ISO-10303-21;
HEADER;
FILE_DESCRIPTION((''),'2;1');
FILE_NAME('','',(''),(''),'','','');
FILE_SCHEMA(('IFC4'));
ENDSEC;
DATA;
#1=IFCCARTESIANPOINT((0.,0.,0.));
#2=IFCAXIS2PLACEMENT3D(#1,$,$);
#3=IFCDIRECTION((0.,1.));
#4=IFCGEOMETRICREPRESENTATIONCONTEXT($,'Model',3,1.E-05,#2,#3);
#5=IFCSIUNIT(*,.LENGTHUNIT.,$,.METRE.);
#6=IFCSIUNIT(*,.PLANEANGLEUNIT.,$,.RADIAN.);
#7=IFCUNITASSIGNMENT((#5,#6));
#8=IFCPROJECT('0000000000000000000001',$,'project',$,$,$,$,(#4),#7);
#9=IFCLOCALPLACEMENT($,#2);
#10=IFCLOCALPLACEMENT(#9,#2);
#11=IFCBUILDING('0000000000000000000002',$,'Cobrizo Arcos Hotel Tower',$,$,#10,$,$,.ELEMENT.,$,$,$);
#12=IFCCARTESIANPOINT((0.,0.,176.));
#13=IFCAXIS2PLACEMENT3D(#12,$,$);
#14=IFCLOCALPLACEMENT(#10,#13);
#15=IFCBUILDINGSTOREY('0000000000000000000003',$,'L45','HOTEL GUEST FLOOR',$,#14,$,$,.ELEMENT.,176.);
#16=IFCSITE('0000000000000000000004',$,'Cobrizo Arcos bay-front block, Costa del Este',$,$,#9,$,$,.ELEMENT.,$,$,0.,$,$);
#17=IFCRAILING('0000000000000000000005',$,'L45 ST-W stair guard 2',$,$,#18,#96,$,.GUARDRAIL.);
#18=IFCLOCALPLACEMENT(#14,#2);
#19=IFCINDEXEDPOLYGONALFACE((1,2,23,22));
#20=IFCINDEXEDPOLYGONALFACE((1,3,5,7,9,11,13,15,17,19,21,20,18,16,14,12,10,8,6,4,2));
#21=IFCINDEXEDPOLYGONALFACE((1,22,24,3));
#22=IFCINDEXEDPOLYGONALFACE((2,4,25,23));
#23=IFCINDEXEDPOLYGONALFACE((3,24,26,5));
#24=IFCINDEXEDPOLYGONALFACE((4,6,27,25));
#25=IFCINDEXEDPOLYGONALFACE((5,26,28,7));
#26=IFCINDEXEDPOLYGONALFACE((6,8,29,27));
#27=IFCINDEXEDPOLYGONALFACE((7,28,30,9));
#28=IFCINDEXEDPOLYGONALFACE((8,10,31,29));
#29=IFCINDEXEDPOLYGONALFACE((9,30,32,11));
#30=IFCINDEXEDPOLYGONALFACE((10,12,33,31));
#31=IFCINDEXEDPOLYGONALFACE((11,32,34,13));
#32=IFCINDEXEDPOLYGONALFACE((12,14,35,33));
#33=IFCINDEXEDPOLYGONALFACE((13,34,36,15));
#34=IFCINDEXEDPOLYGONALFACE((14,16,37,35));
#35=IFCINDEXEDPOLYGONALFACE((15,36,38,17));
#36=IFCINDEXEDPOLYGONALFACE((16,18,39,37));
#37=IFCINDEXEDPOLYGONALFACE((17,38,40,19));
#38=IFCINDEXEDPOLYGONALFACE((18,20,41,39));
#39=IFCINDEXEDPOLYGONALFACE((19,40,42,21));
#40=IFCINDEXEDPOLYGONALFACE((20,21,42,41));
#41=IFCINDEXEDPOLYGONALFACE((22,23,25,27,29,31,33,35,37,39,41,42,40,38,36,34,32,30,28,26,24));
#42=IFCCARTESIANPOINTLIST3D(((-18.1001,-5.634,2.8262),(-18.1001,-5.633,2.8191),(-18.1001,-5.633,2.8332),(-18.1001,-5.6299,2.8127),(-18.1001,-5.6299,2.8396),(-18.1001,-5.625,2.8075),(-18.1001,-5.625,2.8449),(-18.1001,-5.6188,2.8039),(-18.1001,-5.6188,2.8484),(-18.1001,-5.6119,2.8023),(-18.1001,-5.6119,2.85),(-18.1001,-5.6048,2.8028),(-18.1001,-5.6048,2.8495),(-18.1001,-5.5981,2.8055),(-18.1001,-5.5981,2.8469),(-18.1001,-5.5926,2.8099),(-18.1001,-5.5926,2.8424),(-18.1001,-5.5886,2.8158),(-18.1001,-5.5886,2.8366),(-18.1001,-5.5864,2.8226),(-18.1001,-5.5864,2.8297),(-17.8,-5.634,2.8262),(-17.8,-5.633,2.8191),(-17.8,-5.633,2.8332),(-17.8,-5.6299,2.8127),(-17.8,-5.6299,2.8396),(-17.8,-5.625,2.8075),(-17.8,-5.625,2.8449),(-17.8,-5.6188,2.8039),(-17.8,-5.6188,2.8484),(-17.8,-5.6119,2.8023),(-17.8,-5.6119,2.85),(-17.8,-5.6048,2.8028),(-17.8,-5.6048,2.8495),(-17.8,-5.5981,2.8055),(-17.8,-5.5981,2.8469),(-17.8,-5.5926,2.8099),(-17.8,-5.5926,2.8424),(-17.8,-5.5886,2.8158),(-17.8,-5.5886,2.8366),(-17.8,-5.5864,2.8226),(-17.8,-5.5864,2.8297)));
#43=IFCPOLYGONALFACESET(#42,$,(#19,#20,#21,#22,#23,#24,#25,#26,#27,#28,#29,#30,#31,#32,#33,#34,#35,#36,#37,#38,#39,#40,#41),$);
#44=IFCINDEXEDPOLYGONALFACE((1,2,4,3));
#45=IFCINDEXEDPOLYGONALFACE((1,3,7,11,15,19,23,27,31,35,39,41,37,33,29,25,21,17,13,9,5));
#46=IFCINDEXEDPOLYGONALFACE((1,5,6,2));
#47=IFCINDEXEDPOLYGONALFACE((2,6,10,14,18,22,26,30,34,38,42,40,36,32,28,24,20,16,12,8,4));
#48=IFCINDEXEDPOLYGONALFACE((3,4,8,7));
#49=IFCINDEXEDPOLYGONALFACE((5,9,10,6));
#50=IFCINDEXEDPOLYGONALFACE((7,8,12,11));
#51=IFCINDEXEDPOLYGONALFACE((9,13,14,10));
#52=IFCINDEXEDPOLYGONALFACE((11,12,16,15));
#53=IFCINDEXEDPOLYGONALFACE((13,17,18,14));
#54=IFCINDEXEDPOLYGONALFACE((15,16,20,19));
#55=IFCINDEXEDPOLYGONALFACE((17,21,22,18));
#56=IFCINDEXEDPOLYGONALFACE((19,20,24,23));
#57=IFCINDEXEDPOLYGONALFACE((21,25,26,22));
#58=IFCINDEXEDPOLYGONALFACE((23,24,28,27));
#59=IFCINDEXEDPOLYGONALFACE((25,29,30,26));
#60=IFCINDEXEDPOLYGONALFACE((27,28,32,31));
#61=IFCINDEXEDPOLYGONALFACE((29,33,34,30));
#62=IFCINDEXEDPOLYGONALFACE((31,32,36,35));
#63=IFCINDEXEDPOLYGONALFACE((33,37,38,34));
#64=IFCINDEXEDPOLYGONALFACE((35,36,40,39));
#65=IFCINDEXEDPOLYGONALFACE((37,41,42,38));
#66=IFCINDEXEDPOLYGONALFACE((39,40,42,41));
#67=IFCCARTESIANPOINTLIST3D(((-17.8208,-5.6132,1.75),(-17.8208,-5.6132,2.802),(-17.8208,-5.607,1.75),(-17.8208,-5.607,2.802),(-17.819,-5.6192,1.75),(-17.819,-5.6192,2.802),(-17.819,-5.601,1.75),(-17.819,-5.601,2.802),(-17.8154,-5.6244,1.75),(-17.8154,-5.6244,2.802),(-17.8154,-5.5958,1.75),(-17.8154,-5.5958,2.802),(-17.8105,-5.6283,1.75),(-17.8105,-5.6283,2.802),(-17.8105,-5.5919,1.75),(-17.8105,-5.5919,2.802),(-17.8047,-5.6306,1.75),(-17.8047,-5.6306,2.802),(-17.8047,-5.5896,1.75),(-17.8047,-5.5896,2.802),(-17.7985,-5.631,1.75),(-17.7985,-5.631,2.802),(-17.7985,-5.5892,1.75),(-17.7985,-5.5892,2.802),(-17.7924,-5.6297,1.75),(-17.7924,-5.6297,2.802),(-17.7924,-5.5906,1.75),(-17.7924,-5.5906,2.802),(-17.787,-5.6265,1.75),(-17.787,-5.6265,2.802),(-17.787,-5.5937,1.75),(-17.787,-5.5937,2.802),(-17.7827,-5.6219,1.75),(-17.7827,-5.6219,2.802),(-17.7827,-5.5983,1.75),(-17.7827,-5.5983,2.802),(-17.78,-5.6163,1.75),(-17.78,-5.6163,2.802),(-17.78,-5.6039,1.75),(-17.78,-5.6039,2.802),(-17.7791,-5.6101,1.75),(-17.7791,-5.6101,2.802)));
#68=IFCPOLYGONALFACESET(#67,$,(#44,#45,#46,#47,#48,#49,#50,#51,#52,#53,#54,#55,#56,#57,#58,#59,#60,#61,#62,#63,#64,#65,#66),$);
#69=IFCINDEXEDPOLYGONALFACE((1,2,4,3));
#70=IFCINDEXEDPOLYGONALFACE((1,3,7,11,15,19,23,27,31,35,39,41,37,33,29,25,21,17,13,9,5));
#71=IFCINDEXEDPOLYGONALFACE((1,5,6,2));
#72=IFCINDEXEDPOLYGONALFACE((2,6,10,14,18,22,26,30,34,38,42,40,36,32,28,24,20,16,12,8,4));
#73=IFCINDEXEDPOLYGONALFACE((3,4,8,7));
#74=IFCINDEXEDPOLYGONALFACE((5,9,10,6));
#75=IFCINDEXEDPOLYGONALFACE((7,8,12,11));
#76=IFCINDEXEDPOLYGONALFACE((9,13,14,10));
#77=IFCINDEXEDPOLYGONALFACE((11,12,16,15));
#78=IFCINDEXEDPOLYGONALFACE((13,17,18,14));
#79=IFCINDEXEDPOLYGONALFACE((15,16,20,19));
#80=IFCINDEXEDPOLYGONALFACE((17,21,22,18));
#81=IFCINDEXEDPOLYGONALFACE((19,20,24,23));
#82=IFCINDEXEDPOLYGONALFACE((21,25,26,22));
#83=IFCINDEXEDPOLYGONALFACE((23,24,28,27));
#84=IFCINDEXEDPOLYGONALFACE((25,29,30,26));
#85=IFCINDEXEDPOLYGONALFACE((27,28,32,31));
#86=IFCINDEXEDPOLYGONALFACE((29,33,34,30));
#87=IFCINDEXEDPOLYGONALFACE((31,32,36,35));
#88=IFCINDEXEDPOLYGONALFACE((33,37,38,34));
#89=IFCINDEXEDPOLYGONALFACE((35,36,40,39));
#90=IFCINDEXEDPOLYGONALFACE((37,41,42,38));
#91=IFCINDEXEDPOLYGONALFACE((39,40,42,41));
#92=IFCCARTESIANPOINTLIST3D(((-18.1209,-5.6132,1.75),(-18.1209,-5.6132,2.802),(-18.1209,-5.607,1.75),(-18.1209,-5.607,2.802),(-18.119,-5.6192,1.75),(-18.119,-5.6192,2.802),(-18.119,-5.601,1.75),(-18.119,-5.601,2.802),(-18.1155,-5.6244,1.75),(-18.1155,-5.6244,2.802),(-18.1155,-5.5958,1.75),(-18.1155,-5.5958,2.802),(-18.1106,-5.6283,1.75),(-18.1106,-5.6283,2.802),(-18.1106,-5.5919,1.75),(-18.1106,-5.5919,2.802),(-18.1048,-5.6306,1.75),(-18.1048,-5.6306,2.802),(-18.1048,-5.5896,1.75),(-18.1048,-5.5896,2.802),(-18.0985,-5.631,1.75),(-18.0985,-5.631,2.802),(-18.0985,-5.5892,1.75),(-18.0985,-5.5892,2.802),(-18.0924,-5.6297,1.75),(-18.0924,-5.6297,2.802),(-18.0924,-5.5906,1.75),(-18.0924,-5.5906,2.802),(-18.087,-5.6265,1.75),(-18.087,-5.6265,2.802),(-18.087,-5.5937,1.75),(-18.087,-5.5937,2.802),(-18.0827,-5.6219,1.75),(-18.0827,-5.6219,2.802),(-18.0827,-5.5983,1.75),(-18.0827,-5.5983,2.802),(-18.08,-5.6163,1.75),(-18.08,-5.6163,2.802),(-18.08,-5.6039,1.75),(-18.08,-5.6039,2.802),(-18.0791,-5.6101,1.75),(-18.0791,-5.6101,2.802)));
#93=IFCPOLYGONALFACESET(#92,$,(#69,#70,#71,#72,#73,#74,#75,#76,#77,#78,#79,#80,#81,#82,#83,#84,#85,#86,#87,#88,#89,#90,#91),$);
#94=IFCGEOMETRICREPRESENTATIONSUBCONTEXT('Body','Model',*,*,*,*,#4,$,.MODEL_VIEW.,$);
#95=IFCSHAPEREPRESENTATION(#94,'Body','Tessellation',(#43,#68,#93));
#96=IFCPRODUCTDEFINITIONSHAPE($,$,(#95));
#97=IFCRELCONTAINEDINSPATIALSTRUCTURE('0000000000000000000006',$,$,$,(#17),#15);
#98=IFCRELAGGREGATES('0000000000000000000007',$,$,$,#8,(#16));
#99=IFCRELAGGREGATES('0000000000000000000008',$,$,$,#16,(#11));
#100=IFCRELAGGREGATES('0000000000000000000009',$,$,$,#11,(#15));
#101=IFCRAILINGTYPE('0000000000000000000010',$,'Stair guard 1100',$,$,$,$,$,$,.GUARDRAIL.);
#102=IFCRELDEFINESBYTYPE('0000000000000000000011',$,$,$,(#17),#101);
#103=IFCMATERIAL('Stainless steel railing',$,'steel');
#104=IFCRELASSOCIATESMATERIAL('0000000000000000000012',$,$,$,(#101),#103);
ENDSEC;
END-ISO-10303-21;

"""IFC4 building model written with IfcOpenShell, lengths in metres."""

from ifc_helpers import new_model, si_unit, direction, frame, origin, origin_2d, place, context, subcontext, project, spatial, circle, extrude, material, type_object, element, save


model = new_model("IFC4")

# Units and contexts
model_context = context("Model", 3, precision=1e-05, world=origin(), true_north=direction((0.0, 1.0)))
body_context = subcontext(model_context, "Body", "Model", "MODEL_VIEW")
ifc_project = project(units=[si_unit("LENGTHUNIT", "METRE"), si_unit("PLANEANGLEUNIT", "RADIAN")], contexts=[model_context])

# Site, building, storey
site_placement = place(None, origin())
site = spatial("IfcSite", under=ifc_project, at=site_placement, Name="Cobrizo Arcos bay-front block, Costa del Este", CompositionType="ELEMENT", RefElevation=0.0)
building_placement = place(site_placement, origin())
building = spatial("IfcBuilding", under=site, at=building_placement, Name="Cobrizo Arcos Hotel Tower", CompositionType="ELEMENT")
storey_placement = place(building_placement, frame((0.0, 0.0, 176.0)))
storey = spatial("IfcBuildingStorey", under=building, at=storey_placement, Name="L45", Description="HOTEL GUEST FLOOR", CompositionType="ELEMENT", Elevation=176.0)

# Railing
ifc_material_1 = material(Name="Stainless steel railing", Category="steel")
railing_type_1 = type_object("IfcRailingType", Name="Stair guard 1100", PredefinedType="GUARDRAIL", material=ifc_material_1)
railing_1_placement = place(storey_placement, frame((-17.8, -5.6101, 1.75)))
element("IfcRailing", 1, at=railing_1_placement, inside=storey, type_object=railing_type_1, Name="L45 ST-W stair guard 2", PredefinedType="GUARDRAIL", context=body_context, shape_type="SweptSolid", body=[
    extrude(circle(Radius=0.0239, at=origin_2d()), frame((0.0, 0.0, 1.0762), z_axis=(-1.0, 0.0, 0.0), x_axis=(0.0, -1.0, 0.0)), (0.0, 0.0, 1.0), 0.3),
    extrude(circle(Radius=0.021, at=origin_2d()), origin(), (0.0, 0.0, 1.0), 1.052),
    extrude(circle(Radius=0.021, at=origin_2d()), frame((-0.3, 0.0, 0.0)), (0.0, 0.0, 1.0), 1.052),
])

save(model, "model.ifc")
